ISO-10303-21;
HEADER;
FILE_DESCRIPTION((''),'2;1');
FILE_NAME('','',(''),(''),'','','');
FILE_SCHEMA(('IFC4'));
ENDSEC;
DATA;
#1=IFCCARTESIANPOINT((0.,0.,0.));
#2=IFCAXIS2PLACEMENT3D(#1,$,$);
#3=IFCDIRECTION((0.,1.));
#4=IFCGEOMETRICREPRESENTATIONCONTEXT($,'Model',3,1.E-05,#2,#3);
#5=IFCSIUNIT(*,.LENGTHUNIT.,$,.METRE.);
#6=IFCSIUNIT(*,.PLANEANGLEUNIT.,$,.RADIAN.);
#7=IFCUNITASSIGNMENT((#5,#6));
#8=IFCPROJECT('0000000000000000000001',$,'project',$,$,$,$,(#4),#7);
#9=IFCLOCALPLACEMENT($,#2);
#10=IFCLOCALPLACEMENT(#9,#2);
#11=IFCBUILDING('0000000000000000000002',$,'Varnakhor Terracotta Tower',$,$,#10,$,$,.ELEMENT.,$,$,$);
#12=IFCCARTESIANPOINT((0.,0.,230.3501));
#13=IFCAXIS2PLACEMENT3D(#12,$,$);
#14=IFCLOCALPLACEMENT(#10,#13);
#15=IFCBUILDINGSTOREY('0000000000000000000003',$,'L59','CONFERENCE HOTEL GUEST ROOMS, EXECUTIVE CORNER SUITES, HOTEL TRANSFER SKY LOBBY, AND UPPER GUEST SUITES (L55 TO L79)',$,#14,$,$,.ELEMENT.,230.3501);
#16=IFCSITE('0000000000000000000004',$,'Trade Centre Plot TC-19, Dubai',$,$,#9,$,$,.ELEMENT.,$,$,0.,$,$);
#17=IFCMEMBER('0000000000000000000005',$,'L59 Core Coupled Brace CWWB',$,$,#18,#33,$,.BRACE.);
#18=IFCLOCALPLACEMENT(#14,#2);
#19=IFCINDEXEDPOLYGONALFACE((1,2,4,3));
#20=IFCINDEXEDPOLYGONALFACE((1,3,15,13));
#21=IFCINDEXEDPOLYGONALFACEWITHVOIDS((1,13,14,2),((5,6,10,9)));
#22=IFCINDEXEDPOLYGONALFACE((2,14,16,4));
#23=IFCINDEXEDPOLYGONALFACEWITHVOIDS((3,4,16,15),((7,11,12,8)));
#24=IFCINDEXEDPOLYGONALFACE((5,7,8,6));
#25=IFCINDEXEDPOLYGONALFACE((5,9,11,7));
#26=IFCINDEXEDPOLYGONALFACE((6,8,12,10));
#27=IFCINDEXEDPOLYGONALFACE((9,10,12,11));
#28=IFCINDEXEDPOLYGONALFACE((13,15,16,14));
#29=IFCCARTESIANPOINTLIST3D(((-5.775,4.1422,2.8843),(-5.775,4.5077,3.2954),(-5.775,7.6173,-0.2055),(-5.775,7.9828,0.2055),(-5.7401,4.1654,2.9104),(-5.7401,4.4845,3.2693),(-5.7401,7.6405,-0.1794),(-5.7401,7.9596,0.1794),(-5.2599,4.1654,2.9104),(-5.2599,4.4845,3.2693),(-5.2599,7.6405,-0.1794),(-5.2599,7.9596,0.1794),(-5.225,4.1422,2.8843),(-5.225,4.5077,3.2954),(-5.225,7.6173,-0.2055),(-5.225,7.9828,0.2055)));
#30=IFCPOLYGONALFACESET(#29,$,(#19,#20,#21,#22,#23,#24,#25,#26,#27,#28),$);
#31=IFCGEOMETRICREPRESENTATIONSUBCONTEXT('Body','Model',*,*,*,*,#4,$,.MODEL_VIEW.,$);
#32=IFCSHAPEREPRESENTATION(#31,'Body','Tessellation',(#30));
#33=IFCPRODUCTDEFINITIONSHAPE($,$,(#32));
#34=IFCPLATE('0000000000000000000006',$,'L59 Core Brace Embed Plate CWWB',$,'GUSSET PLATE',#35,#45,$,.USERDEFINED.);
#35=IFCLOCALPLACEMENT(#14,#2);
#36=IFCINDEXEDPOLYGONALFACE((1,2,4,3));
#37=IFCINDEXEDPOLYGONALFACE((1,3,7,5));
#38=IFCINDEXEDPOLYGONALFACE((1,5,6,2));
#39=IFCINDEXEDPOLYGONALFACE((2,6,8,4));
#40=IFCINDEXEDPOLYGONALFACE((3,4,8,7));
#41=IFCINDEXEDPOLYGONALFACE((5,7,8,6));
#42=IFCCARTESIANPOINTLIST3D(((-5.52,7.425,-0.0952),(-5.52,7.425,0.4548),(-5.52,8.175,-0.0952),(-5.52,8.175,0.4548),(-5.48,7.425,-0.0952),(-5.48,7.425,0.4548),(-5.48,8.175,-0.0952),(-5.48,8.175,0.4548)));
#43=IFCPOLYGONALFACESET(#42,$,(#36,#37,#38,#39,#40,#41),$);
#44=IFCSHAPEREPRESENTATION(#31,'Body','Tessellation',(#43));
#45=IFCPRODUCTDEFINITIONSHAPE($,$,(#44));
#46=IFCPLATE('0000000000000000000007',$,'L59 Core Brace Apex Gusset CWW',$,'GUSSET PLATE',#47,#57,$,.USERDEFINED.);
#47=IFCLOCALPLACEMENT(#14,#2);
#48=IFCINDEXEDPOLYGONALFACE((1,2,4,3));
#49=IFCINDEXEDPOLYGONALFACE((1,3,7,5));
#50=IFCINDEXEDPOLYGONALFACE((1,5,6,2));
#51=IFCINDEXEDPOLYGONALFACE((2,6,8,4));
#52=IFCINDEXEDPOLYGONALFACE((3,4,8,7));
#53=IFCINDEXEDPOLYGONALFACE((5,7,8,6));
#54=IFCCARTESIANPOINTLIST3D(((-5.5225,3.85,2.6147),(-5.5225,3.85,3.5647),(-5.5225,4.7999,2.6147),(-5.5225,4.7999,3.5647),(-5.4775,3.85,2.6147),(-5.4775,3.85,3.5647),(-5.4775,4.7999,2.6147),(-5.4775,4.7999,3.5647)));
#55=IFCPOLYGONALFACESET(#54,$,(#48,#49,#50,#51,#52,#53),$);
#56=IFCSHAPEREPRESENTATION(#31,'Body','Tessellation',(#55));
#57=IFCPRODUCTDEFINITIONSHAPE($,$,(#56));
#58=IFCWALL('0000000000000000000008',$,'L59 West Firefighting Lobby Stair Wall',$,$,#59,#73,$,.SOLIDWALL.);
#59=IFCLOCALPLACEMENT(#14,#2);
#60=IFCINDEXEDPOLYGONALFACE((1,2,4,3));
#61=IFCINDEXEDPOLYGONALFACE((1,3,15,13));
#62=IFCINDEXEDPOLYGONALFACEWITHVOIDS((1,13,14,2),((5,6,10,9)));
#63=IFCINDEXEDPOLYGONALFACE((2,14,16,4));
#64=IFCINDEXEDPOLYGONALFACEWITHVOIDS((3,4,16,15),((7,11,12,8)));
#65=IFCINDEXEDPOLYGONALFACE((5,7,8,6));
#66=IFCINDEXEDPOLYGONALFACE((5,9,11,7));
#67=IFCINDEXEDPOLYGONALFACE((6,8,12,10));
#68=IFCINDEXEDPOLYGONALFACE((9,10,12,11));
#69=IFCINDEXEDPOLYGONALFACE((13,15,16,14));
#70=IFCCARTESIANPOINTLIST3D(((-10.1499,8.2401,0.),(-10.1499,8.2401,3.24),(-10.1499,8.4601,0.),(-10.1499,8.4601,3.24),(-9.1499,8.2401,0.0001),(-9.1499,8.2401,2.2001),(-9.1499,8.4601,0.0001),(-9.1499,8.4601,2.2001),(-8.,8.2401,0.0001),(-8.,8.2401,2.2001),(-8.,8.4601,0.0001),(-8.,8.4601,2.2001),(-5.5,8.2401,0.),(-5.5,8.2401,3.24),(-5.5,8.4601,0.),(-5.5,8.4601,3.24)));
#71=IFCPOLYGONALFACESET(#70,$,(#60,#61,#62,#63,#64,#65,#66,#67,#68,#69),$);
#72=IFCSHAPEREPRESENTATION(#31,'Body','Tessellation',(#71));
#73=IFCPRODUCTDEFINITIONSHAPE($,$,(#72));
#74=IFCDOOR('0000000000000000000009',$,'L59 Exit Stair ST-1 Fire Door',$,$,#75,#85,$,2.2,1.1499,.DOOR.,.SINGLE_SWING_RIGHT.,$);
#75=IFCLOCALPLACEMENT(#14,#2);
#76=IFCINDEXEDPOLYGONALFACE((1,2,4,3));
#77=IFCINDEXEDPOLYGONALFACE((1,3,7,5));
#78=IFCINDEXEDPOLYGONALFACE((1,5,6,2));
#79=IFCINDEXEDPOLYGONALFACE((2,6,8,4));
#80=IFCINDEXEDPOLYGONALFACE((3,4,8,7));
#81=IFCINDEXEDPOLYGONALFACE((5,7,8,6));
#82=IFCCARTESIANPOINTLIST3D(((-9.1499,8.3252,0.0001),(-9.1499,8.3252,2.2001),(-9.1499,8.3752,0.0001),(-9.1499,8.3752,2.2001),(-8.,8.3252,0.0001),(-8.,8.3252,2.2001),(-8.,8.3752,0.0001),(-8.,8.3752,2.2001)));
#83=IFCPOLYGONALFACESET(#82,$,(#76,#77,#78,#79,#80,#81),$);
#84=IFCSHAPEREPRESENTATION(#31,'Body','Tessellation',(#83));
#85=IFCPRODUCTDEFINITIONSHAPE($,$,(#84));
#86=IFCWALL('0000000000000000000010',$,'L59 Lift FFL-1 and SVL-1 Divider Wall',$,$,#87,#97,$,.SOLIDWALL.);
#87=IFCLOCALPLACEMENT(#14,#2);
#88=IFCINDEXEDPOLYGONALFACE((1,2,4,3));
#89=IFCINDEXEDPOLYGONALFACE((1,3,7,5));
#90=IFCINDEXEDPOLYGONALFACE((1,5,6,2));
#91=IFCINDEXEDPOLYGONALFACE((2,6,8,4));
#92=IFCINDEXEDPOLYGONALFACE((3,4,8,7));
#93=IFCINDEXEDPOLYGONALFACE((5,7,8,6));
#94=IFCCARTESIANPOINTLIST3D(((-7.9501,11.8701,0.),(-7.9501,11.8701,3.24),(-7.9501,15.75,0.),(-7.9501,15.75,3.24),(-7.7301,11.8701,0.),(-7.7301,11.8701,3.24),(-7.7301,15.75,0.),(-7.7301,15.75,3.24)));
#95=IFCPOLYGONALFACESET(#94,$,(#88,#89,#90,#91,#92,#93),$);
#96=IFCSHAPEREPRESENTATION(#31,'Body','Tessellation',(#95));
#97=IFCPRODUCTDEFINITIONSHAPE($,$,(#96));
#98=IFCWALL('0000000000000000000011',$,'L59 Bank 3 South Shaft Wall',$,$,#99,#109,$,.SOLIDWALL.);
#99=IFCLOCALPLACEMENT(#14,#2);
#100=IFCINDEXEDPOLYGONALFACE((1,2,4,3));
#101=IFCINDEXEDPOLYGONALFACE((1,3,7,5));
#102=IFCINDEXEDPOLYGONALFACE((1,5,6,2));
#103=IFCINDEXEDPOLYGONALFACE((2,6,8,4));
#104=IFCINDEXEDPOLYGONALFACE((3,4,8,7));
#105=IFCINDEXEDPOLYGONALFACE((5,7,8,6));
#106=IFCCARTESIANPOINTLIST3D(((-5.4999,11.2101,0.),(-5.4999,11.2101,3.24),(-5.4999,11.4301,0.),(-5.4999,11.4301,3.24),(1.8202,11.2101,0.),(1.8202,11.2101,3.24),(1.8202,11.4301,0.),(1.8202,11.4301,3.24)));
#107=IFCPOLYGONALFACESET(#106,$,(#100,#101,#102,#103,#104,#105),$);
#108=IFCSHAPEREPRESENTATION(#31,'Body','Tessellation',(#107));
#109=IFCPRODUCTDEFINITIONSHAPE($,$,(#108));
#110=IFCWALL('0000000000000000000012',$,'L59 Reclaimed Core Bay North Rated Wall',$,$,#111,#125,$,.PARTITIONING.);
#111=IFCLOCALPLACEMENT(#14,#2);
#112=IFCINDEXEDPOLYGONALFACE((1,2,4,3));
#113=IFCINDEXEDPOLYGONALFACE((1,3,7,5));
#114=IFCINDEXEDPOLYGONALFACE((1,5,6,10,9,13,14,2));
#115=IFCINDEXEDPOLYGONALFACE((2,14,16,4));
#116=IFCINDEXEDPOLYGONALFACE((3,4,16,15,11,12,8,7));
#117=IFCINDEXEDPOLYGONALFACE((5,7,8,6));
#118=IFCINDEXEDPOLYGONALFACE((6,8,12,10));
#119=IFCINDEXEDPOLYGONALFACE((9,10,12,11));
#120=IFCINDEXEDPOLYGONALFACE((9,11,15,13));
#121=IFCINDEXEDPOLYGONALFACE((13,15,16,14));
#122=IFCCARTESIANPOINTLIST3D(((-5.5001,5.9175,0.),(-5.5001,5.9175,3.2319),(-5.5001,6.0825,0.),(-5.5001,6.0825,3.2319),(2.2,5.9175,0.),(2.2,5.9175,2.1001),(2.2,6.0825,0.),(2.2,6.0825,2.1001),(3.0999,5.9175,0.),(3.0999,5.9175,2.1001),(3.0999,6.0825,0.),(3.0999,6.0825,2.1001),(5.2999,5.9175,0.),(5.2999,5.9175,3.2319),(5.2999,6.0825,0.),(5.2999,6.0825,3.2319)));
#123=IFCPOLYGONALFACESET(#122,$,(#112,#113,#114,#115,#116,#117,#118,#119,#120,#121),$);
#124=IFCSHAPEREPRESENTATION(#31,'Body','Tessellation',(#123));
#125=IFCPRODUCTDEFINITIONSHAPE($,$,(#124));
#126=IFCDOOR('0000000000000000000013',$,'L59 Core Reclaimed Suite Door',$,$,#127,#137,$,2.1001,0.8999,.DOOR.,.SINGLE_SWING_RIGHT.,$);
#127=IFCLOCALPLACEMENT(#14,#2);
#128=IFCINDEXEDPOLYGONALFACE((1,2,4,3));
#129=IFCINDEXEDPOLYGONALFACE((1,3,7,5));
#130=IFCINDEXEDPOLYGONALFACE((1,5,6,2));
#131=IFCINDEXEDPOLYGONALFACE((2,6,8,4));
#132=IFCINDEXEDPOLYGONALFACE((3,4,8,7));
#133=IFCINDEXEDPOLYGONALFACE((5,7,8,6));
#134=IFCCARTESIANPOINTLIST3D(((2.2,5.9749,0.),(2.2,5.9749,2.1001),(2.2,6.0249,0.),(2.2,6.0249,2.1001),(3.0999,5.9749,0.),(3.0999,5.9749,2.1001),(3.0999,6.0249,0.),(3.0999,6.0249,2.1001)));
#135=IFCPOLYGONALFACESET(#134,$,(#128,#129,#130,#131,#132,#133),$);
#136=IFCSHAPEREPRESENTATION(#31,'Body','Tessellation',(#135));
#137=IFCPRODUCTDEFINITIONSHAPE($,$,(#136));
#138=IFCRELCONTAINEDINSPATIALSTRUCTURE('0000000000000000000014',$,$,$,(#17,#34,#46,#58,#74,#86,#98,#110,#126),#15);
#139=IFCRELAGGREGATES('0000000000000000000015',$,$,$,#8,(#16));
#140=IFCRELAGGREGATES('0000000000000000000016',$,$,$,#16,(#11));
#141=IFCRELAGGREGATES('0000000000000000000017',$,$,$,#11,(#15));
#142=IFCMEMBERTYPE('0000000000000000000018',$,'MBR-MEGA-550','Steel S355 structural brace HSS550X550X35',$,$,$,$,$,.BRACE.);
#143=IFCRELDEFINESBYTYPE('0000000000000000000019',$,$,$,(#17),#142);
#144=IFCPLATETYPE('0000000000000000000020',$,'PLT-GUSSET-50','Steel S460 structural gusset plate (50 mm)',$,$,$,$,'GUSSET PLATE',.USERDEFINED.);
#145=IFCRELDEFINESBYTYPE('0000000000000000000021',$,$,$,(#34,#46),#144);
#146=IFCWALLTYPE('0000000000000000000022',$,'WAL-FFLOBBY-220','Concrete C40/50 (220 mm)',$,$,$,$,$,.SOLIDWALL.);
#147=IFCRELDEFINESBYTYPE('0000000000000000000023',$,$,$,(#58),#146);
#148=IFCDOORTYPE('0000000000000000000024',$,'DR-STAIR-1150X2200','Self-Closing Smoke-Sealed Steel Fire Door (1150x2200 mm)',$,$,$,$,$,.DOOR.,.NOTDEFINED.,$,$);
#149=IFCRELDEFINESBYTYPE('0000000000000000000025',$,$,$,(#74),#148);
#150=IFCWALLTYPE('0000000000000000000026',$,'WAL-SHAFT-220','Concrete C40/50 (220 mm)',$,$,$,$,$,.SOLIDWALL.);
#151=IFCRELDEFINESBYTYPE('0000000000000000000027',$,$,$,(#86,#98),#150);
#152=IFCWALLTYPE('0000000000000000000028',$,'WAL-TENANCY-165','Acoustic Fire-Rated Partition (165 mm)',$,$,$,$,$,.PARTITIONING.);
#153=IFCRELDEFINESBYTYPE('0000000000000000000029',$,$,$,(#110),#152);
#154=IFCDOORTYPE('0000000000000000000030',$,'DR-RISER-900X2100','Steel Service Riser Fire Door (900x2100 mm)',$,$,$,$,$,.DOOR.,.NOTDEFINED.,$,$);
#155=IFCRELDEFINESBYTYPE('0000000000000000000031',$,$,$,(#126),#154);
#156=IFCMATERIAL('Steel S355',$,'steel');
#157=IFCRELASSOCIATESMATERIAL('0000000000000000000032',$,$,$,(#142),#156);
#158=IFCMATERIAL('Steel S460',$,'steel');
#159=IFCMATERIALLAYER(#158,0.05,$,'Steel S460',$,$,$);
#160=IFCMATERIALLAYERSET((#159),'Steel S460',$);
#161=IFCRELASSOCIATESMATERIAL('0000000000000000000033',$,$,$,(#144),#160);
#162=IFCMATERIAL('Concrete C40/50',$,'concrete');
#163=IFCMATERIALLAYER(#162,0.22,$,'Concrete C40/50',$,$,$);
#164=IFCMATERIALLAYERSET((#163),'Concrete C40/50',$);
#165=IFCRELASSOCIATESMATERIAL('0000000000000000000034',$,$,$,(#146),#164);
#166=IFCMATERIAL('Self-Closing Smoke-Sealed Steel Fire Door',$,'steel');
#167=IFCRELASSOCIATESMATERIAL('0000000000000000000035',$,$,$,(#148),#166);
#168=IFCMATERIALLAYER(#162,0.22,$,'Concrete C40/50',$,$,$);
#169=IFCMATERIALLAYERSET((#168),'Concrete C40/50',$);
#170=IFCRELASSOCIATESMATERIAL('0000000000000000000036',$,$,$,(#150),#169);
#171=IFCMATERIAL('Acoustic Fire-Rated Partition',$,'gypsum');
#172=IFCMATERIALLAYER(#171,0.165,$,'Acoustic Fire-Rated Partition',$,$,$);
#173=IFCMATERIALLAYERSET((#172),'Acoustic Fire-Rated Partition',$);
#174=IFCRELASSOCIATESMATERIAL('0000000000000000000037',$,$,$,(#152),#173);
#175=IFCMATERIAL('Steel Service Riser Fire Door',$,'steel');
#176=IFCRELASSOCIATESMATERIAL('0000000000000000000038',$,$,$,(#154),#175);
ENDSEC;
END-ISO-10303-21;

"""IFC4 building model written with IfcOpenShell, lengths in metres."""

from ifc_helpers import new_model, si_unit, direction, frame, frame_2d, origin, origin_2d, place, context, subcontext, project, spatial, rectangle, hollow_rectangle, extrude, source, transform, mapped, material, layer, layer_set, material_profile, profile_set, type_object, type_shapes, element, fill, save


model = new_model("IFC4")

# Units and contexts
model_context = context("Model", 3, precision=1e-05, world=origin(), true_north=direction((0.0, 1.0)))
body_context = subcontext(model_context, "Body", "Model", "MODEL_VIEW")
ifc_project = project(units=[si_unit("LENGTHUNIT", "METRE"), si_unit("PLANEANGLEUNIT", "RADIAN")], contexts=[model_context])

# Site, building, storey
site_placement = place(None, origin())
site = spatial("IfcSite", under=ifc_project, at=site_placement, Name="Trade Centre Plot TC-19, Dubai", CompositionType="ELEMENT", RefElevation=0.0)
building_placement = place(site_placement, origin())
building = spatial("IfcBuilding", under=site, at=building_placement, Name="Varnakhor Terracotta Tower", CompositionType="ELEMENT")
storey_placement = place(building_placement, frame((0.0, 0.0, 230.3501)))
storey = spatial("IfcBuildingStorey", under=building, at=storey_placement, Name="L59", Description="CONFERENCE HOTEL GUEST ROOMS, EXECUTIVE CORNER SUITES, HOTEL TRANSFER SKY LOBBY, AND UPPER GUEST SUITES (L55 TO L79)", CompositionType="ELEMENT", Elevation=230.3501)

# Member
ifc_material_1 = material(Name="Steel S355", Category="steel")
ifc_material_profile = material_profile(ifc_material_1, hollow_rectangle(XDim=0.55, YDim=0.55, WallThickness=0.0349, at=origin_2d()), Name="HSS550X550X35")
ifc_profile_set = profile_set([ifc_material_profile], Name="Steel S355")
member_type = type_object("IfcMemberType", Name="MBR-MEGA-550", Description="Steel S355 structural brace HSS550X550X35", PredefinedType="BRACE", material=ifc_profile_set)
shared_shape_1 = source(origin(), body_context, "Body", "SweptSolid", [
    extrude(hollow_rectangle(XDim=0.55, YDim=0.55, WallThickness=0.0349, at=origin_2d()), origin(), (0.0, 0.0, 1.0), 4.6501),
])
member_placement = place(storey_placement, frame((-5.5, 7.8, 0.0), z_axis=(0.0, -0.747317, 0.664468), x_axis=(1.0, 0.0, 0.0)))
element("IfcMember", 1, at=member_placement, inside=storey, type_object=member_type, Name="L59 Core Coupled Brace CWWB", PredefinedType="BRACE", context=body_context, shape_type="MappedRepresentation", body=[
    mapped(shared_shape_1, transform((0.0, 0.0, 0.0), scale=1.0)),
])

# Plates
ifc_material_2 = material(Name="Steel S460", Category="steel")
ifc_layer_1 = layer(ifc_material_2, 0.05, Name="Steel S460")
ifc_layer_set_1 = layer_set([ifc_layer_1], Name="Steel S460")
plate_type = type_object("IfcPlateType", Name="PLT-GUSSET-50", Description="Steel S460 structural gusset plate (50 mm)", ElementType="GUSSET PLATE", PredefinedType="USERDEFINED", material=ifc_layer_set_1)
shared_shape_2 = source(origin(), body_context, "Body", "SweptSolid", [
    extrude(rectangle(XDim=0.75, YDim=0.04, at=origin_2d()), origin(), (0.0, 0.0, 1.0), 0.55),
])
type_shapes(plate_type, [shared_shape_2])
plate_1_placement = place(storey_placement, frame((-5.5, 7.8, -0.0952), z_axis=(0.0, 0.0, 1.0), x_axis=(0.0, 1.0, 0.0)))
element("IfcPlate", 2, at=plate_1_placement, inside=storey, type_object=plate_type, Name="L59 Core Brace Embed Plate CWWB", ObjectType="GUSSET PLATE", PredefinedType="USERDEFINED", context=body_context, shape_type="MappedRepresentation", body=[
    mapped(shared_shape_2, transform((0.0, 0.0, 0.0), scale=1.0)),
])
shared_shape_3 = source(origin(), body_context, "Body", "SweptSolid", [
    extrude(rectangle(XDim=0.95, YDim=0.0449, at=origin_2d()), origin(), (0.0, 0.0, 1.0), 0.95),
])
plate_2_placement = place(storey_placement, frame((-5.5, 4.325, 2.6147), z_axis=(0.0, 0.0, 1.0), x_axis=(0.0, 1.0, 0.0)))
element("IfcPlate", 3, at=plate_2_placement, inside=storey, type_object=plate_type, Name="L59 Core Brace Apex Gusset CWW", ObjectType="GUSSET PLATE", PredefinedType="USERDEFINED", context=body_context, shape_type="MappedRepresentation", body=[
    mapped(shared_shape_3, transform((0.0, 0.0, 0.0), scale=1.0)),
])

# Wall, opening, door
ifc_material_3 = material(Name="Concrete C40/50", Category="concrete")
ifc_layer_2 = layer(ifc_material_3, 0.22, Name="Concrete C40/50")
ifc_layer_set_2 = layer_set([ifc_layer_2], Name="Concrete C40/50")
wall_type_1 = type_object("IfcWallType", Name="WAL-FFLOBBY-220", Description="Concrete C40/50 (220 mm)", PredefinedType="SOLIDWALL", material=ifc_layer_set_2)
wall_1_placement = place(storey_placement, frame((-5.5, 8.3501, 0.0), z_axis=(0.0, 0.0, 1.0), x_axis=(-1.0, 0.0, 0.0)))
wall_1 = element("IfcWall", 4, at=wall_1_placement, inside=storey, type_object=wall_type_1, Name="L59 West Firefighting Lobby Stair Wall", PredefinedType="SOLIDWALL", context=body_context, shape_type="SweptSolid", body=[
    extrude(rectangle(XDim=4.6499, YDim=0.22, at=frame_2d((2.325, 0.0))), origin(), (0.0, 0.0, 1.0), 3.24),
])
opening_1_placement = place(wall_1_placement, frame((2.5, 0.0, 0.0)))
opening_1 = element("IfcOpeningElement", 5, at=opening_1_placement, cuts=wall_1, PredefinedType="OPENING", context=body_context, shape_type="SweptSolid", body=[
    extrude(rectangle(XDim=1.1499, YDim=2.2, at=frame_2d((0.575, 1.1001))), frame((0.0, 0.1201, 0.0), z_axis=(0.0, -1.0, 0.0), x_axis=(1.0, 0.0, 0.0)), (0.0, 0.0, 1.0), 0.24),
])
ifc_material_4 = material(Name="Self-Closing Smoke-Sealed Steel Fire Door", Category="steel")
door_type_1 = type_object("IfcDoorType", Name="DR-STAIR-1150X2200", Description="Self-Closing Smoke-Sealed Steel Fire Door (1150x2200 mm)", OperationType="NOTDEFINED", PredefinedType="DOOR", material=ifc_material_4)
shared_shape_4 = source(origin(), body_context, "Body", "SweptSolid", [
    extrude(rectangle(XDim=1.1499, YDim=2.2, at=frame_2d((0.575, 1.1001))), frame((0.0, 0.0249, 0.0), z_axis=(0.0, -1.0, 0.0), x_axis=(1.0, 0.0, 0.0)), (0.0, 0.0, 1.0), 0.05),
])
type_shapes(door_type_1, [shared_shape_4])
door_1_placement = place(opening_1_placement, origin())
door_1 = element("IfcDoor", 6, at=door_1_placement, inside=storey, type_object=door_type_1, Name="L59 Exit Stair ST-1 Fire Door", OperationType="SINGLE_SWING_RIGHT", OverallHeight=2.2, OverallWidth=1.1499, PredefinedType="DOOR", context=body_context, shape_type="MappedRepresentation", body=[
    mapped(shared_shape_4, transform((0.0, 0.0, 0.0), scale=1.0)),
])
fill(opening_1, door_1)

# Walls
ifc_layer_3 = layer(ifc_material_3, 0.22, Name="Concrete C40/50")
ifc_layer_set_3 = layer_set([ifc_layer_3], Name="Concrete C40/50")
wall_type_2 = type_object("IfcWallType", Name="WAL-SHAFT-220", Description="Concrete C40/50 (220 mm)", PredefinedType="SOLIDWALL", material=ifc_layer_set_3)
wall_2_placement = place(storey_placement, frame((-7.8401, 11.8701, 0.0), z_axis=(0.0, 0.0, 1.0), x_axis=(0.0, 1.0, 0.0)))
element("IfcWall", 7, at=wall_2_placement, inside=storey, type_object=wall_type_2, Name="L59 Lift FFL-1 and SVL-1 Divider Wall", PredefinedType="SOLIDWALL", context=body_context, shape_type="SweptSolid", body=[
    extrude(rectangle(XDim=3.8799, YDim=0.22, at=frame_2d((1.9399, 0.0))), origin(), (0.0, 0.0, 1.0), 3.24),
])
wall_3_placement = place(storey_placement, frame((-5.5, 11.3201, 0.0), z_axis=(0.0, 0.0, 1.0), x_axis=(1.0, 0.0, 0.0)))
element("IfcWall", 8, at=wall_3_placement, inside=storey, type_object=wall_type_2, Name="L59 Bank 3 South Shaft Wall", PredefinedType="SOLIDWALL", context=body_context, shape_type="SweptSolid", body=[
    extrude(rectangle(XDim=7.3201, YDim=0.22, at=frame_2d((3.6602, 0.0))), origin(), (0.0, 0.0, 1.0), 3.24),
])

# Wall, opening, door
ifc_material_5 = material(Name="Acoustic Fire-Rated Partition", Category="gypsum")
ifc_layer_4 = layer(ifc_material_5, 0.165, Name="Acoustic Fire-Rated Partition")
ifc_layer_set_4 = layer_set([ifc_layer_4], Name="Acoustic Fire-Rated Partition")
wall_type_3 = type_object("IfcWallType", Name="WAL-TENANCY-165", Description="Acoustic Fire-Rated Partition (165 mm)", PredefinedType="PARTITIONING", material=ifc_layer_set_4)
wall_4_placement = place(storey_placement, frame((-5.5, 6.0, 0.0), z_axis=(0.0, 0.0, 1.0), x_axis=(1.0, 0.0, 0.0)))
wall_4 = element("IfcWall", 9, at=wall_4_placement, inside=storey, type_object=wall_type_3, Name="L59 Reclaimed Core Bay North Rated Wall", PredefinedType="PARTITIONING", context=body_context, shape_type="SweptSolid", body=[
    extrude(rectangle(XDim=10.8, YDim=0.165, at=frame_2d((5.3999, 0.0))), origin(), (0.0, 0.0, 1.0), 3.2319),
])
opening_2_placement = place(wall_4_placement, frame((7.7, 0.0, 0.0)))
opening_2 = element("IfcOpeningElement", 10, at=opening_2_placement, cuts=wall_4, PredefinedType="OPENING", context=body_context, shape_type="SweptSolid", body=[
    extrude(rectangle(XDim=0.8999, YDim=2.1001, at=frame_2d((0.45, 1.05))), frame((0.0, 0.0925, 0.0), z_axis=(0.0, -1.0, 0.0), x_axis=(1.0, 0.0, 0.0)), (0.0, 0.0, 1.0), 0.1851),
])
ifc_material_6 = material(Name="Steel Service Riser Fire Door", Category="steel")
door_type_2 = type_object("IfcDoorType", Name="DR-RISER-900X2100", Description="Steel Service Riser Fire Door (900x2100 mm)", OperationType="NOTDEFINED", PredefinedType="DOOR", material=ifc_material_6)
shared_shape_5 = source(origin(), body_context, "Body", "SweptSolid", [
    extrude(rectangle(XDim=0.8999, YDim=2.1001, at=frame_2d((0.45, 1.05))), frame((0.0, 0.0249, 0.0), z_axis=(0.0, -1.0, 0.0), x_axis=(1.0, 0.0, 0.0)), (0.0, 0.0, 1.0), 0.05),
])
type_shapes(door_type_2, [shared_shape_5])
door_2_placement = place(opening_2_placement, origin())
door_2 = element("IfcDoor", 11, at=door_2_placement, inside=storey, type_object=door_type_2, Name="L59 Core Reclaimed Suite Door", OperationType="SINGLE_SWING_RIGHT", OverallHeight=2.1001, OverallWidth=0.8999, PredefinedType="DOOR", context=body_context, shape_type="MappedRepresentation", body=[
    mapped(shared_shape_5, transform((0.0, 0.0, 0.0), scale=1.0)),
])
fill(opening_2, door_2)

save(model, "model.ifc")
